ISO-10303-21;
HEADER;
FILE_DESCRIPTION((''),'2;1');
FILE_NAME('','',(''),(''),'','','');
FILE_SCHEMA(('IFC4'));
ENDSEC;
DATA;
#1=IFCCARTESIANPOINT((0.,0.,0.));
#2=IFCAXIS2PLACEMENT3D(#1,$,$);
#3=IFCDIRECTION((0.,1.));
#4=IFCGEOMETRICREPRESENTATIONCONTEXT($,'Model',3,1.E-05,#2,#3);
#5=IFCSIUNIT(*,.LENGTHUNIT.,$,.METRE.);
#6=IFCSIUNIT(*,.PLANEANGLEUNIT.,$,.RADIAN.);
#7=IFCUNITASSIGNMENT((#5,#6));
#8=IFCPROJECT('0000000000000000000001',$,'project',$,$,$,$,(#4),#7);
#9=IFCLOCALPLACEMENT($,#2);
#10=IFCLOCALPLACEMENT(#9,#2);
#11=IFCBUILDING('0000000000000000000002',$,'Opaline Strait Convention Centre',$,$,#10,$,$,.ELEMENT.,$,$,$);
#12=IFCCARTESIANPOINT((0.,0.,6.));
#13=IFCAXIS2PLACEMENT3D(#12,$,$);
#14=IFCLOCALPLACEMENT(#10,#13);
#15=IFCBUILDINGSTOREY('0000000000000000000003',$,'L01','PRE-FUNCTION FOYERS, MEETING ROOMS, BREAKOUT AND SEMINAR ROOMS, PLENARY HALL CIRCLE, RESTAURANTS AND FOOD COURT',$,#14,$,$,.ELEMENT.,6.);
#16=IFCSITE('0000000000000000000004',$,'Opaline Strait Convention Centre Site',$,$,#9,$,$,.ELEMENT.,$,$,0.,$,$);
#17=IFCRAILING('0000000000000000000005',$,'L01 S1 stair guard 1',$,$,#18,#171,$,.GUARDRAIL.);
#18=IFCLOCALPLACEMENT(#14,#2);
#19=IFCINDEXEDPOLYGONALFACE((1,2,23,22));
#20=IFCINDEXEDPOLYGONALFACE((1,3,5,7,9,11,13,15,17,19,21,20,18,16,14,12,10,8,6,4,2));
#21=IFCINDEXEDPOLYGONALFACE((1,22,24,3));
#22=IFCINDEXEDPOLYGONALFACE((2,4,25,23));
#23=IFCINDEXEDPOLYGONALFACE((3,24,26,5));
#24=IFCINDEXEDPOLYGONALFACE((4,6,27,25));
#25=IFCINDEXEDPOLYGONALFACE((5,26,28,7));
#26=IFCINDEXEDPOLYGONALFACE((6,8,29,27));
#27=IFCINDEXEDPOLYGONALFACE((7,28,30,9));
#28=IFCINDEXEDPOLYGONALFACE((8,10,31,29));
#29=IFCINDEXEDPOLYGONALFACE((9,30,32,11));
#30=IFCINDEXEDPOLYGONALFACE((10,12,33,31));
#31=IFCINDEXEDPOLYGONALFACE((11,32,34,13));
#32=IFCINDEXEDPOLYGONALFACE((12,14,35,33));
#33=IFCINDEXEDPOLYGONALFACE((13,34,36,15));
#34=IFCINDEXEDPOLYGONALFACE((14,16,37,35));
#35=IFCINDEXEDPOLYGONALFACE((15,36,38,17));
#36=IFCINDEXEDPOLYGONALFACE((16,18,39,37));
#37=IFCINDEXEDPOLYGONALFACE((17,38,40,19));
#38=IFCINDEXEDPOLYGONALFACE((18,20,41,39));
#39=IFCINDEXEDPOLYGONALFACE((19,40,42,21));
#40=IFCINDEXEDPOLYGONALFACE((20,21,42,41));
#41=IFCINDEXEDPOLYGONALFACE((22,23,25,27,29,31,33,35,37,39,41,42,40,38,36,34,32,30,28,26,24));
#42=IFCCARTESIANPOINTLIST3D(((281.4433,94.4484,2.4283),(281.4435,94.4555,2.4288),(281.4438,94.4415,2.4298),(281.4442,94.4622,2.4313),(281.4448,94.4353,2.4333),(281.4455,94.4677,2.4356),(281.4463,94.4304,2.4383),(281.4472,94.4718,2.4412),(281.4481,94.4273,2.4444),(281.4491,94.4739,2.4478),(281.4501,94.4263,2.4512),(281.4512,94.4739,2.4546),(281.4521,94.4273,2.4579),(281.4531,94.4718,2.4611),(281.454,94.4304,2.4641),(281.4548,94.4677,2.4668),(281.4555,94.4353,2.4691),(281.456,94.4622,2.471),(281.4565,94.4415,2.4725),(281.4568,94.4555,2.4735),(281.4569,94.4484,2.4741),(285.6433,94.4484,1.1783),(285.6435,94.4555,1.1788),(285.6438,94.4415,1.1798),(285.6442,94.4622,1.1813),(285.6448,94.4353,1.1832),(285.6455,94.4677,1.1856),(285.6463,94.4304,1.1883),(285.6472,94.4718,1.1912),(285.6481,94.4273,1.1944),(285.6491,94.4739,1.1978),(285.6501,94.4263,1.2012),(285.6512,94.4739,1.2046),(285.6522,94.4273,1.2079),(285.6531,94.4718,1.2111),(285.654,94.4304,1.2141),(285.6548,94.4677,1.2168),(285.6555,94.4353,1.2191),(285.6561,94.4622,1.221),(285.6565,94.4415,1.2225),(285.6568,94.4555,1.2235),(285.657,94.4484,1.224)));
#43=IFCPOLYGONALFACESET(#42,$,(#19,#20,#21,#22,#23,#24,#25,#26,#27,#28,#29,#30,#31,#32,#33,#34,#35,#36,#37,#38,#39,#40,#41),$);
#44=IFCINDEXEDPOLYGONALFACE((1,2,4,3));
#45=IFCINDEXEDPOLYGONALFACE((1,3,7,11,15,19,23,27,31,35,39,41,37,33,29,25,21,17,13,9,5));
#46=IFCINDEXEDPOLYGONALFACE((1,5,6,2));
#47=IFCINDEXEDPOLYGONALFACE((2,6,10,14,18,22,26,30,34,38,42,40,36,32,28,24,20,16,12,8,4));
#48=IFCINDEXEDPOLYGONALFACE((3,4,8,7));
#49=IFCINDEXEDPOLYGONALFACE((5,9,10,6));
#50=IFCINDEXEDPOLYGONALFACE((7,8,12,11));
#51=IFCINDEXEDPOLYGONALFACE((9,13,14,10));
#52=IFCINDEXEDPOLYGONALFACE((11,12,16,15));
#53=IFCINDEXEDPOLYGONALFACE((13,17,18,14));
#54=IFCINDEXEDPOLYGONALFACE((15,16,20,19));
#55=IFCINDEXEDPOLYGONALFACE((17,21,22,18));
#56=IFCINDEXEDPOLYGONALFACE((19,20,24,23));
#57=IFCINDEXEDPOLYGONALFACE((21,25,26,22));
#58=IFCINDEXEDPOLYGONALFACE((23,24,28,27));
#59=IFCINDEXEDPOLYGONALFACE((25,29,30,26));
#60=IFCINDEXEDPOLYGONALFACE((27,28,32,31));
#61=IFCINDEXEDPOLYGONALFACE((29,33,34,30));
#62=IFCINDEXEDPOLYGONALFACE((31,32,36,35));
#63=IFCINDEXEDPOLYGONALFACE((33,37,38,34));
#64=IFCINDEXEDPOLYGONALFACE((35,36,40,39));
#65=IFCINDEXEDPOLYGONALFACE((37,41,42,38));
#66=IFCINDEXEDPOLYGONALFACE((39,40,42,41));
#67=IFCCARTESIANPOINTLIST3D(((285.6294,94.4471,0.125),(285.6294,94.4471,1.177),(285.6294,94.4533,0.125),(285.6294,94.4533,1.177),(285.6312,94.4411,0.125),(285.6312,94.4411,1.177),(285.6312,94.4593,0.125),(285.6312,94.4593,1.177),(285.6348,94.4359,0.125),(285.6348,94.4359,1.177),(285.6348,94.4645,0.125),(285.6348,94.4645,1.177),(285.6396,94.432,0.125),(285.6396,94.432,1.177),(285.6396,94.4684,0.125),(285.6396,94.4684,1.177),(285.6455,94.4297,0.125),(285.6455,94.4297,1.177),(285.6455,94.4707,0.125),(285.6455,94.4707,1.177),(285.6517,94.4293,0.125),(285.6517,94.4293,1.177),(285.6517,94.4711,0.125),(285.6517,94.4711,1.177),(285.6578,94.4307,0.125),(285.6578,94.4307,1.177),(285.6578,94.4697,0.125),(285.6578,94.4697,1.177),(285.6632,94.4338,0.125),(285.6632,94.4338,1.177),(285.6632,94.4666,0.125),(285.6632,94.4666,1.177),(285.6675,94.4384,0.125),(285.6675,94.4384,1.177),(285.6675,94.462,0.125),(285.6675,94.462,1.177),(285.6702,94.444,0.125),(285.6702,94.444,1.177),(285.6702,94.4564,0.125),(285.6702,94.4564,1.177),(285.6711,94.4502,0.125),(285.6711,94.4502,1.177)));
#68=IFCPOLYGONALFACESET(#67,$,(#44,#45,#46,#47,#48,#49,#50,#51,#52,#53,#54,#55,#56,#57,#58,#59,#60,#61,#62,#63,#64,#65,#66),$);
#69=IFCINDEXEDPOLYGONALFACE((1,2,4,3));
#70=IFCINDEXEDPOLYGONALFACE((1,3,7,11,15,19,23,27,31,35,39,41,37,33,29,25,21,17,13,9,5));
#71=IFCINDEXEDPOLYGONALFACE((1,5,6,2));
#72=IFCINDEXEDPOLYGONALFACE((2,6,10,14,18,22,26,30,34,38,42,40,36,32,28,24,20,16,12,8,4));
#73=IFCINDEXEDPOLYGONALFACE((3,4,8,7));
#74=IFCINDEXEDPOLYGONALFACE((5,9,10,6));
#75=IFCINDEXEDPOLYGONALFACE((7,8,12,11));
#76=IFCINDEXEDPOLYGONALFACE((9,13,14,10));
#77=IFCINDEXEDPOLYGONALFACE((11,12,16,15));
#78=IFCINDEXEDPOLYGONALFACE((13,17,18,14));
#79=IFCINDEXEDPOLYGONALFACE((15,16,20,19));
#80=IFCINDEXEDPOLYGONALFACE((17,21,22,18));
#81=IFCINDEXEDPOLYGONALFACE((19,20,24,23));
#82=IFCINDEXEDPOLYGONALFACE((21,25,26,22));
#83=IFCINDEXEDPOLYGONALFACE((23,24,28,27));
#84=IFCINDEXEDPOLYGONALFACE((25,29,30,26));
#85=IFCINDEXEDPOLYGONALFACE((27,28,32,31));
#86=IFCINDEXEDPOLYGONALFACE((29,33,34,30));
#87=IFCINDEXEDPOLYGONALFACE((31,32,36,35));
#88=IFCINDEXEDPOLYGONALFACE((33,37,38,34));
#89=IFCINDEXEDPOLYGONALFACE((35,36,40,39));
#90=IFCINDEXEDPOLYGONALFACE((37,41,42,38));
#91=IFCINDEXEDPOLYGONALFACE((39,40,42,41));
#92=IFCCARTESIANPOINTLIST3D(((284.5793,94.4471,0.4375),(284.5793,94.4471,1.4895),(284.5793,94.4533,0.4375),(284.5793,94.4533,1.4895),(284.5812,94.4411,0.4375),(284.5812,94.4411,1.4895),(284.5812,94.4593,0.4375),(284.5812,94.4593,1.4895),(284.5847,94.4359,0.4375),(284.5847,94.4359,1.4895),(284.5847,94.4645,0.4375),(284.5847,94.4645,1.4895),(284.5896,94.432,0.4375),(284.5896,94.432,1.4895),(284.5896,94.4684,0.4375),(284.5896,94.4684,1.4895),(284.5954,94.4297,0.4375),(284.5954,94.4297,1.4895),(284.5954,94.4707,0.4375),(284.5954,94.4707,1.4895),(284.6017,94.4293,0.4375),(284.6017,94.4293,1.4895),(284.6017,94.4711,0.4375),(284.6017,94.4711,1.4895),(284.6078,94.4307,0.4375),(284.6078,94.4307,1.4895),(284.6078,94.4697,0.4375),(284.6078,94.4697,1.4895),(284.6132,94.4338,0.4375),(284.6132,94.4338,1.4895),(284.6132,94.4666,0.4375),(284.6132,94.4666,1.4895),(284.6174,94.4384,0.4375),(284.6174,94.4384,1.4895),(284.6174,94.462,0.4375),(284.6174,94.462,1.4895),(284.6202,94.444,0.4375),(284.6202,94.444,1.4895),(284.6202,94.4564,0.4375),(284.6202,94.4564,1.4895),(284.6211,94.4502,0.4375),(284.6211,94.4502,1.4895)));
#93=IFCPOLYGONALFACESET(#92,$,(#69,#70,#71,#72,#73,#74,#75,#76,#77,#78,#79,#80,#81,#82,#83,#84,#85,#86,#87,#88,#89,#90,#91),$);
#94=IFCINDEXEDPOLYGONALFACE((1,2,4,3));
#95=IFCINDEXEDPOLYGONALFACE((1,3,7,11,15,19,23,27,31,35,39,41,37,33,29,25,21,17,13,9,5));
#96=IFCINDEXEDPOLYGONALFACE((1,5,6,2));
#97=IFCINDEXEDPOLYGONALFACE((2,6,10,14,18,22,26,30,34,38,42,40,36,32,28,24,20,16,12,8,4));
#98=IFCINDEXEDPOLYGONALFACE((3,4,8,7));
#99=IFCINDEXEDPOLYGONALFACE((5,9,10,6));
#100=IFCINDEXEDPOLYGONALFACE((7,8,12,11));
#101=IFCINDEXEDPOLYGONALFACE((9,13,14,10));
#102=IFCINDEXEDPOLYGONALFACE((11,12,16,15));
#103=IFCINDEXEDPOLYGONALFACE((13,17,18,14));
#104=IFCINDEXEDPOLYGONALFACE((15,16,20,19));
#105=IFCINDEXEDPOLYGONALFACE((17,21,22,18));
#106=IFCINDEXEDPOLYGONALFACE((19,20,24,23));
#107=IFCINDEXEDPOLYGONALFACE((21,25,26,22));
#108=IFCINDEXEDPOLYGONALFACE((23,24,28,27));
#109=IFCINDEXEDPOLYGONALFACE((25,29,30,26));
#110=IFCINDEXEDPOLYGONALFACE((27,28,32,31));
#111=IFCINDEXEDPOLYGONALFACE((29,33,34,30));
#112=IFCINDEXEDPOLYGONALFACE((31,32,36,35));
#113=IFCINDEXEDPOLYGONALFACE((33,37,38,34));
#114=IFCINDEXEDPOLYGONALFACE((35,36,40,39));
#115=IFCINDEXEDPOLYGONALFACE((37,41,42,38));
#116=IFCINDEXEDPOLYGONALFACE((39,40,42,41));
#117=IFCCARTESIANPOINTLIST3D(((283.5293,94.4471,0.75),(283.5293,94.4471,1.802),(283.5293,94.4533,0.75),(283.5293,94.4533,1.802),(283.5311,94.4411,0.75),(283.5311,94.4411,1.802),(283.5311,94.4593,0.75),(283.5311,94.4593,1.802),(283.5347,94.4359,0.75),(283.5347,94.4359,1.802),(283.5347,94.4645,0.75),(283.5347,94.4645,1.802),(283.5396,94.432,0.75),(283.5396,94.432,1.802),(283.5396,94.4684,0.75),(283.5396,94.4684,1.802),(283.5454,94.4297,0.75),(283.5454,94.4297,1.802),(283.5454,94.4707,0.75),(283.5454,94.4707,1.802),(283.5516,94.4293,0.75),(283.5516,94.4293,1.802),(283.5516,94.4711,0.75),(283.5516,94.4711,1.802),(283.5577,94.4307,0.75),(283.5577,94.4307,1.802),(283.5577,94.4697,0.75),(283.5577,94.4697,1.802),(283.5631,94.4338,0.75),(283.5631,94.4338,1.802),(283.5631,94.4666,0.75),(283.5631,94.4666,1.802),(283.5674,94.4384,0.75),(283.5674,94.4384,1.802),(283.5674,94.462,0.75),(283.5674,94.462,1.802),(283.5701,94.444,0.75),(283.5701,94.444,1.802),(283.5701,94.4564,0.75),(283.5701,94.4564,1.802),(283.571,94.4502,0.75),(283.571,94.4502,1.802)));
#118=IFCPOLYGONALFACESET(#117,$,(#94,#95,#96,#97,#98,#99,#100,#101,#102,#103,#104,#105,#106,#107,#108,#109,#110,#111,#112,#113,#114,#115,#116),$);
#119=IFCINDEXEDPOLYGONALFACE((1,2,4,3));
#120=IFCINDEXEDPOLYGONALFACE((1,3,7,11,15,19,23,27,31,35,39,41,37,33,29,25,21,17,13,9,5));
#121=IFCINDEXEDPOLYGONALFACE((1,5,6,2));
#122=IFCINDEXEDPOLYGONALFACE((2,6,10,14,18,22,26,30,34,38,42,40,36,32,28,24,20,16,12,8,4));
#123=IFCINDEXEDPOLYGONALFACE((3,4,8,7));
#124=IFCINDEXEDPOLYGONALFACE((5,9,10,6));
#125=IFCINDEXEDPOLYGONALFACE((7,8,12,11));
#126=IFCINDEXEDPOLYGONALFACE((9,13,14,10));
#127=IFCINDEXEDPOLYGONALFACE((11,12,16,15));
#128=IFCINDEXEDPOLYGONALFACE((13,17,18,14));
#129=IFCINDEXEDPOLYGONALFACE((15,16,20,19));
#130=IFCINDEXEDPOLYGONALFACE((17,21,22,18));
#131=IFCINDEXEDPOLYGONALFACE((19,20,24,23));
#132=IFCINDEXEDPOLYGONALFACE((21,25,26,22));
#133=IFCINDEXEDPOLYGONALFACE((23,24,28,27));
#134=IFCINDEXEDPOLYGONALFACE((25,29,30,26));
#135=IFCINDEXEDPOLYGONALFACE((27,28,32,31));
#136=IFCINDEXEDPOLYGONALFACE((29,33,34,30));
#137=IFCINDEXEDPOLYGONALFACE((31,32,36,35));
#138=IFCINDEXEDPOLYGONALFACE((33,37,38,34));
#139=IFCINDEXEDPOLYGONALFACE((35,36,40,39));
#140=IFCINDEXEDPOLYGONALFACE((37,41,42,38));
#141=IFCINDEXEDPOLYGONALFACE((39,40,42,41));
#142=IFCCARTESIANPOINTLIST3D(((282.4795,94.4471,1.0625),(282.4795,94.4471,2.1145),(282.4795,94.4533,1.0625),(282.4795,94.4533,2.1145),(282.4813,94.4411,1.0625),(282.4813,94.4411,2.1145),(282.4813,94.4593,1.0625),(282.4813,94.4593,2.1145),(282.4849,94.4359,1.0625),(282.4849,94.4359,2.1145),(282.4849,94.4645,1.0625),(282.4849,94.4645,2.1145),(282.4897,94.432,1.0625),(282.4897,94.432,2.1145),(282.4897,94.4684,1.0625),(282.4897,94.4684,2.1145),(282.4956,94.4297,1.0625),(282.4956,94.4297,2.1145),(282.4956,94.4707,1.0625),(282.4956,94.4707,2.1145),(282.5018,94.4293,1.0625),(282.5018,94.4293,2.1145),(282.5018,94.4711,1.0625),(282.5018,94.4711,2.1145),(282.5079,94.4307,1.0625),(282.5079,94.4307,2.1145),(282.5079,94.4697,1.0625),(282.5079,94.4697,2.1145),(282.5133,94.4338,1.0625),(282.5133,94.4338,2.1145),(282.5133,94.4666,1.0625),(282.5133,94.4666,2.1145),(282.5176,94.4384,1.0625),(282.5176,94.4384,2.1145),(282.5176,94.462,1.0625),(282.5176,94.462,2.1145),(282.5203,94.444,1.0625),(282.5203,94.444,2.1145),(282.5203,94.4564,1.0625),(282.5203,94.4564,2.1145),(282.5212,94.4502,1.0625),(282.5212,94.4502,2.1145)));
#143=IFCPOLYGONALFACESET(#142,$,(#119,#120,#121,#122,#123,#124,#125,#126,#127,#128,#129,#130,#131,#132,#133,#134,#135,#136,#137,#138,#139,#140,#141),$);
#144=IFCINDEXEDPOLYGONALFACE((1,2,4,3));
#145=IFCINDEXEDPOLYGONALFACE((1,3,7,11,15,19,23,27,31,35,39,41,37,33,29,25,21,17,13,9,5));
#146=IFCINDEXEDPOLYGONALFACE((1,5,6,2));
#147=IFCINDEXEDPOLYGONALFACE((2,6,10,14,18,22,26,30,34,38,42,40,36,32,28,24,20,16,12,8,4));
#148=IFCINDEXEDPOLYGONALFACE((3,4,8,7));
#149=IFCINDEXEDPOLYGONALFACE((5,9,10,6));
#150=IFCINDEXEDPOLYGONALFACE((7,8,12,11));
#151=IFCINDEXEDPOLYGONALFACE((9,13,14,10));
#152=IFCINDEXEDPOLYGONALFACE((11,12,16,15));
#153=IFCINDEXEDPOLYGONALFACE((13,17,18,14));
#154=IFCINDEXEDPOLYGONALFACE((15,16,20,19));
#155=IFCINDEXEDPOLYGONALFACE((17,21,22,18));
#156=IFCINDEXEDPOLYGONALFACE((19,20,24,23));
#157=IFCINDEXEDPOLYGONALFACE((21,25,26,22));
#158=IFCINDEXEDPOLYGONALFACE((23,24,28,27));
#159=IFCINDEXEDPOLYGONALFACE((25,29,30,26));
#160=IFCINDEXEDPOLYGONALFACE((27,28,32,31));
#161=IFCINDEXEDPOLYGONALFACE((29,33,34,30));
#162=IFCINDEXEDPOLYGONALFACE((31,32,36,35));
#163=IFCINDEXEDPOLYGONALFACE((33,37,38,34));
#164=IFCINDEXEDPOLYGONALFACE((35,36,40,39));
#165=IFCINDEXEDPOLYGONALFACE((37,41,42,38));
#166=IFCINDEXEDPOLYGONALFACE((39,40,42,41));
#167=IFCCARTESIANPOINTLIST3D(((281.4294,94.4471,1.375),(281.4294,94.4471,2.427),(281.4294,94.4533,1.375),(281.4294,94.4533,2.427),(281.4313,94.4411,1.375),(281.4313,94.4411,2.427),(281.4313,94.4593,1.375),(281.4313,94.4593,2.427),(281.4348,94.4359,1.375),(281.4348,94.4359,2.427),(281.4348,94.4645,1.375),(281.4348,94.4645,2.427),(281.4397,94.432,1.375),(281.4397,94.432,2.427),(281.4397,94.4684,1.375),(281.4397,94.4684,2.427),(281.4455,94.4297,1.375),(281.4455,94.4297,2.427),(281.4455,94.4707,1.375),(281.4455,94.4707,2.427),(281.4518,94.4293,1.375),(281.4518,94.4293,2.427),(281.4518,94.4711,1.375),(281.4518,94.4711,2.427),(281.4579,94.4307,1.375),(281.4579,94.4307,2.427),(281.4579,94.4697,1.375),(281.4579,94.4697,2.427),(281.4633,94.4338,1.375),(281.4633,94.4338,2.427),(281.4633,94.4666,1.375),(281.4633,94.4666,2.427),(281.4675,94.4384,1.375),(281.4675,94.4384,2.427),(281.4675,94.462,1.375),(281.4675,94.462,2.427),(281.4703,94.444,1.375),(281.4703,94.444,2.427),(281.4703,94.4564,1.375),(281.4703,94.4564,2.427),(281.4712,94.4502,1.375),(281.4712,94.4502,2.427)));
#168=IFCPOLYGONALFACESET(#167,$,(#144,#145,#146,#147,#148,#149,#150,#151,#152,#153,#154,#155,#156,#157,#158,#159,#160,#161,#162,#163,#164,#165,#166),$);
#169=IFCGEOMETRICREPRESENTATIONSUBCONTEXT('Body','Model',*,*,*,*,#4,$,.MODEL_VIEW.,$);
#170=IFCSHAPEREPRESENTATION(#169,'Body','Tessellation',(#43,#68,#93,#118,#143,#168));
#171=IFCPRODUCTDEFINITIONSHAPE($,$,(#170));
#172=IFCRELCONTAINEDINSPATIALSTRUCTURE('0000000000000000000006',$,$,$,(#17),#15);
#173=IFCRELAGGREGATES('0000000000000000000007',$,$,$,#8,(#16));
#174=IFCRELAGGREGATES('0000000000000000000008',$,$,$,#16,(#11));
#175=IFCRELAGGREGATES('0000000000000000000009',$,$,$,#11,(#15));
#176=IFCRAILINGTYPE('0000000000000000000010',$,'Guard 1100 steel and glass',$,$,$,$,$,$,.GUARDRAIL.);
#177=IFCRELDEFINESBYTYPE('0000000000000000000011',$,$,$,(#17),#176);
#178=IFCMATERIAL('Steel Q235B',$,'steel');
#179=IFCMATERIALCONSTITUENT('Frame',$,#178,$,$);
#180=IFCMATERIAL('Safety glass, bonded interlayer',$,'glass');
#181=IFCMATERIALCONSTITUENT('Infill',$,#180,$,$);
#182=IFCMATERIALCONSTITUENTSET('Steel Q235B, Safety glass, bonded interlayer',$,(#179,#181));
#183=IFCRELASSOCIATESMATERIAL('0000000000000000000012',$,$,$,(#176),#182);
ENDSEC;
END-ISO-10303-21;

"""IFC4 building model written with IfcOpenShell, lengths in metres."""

from ifc_helpers import new_model, si_unit, direction, frame, origin, origin_2d, place, context, subcontext, project, spatial, circle, extrude, material, constituent, constituent_set, type_object, element, save


model = new_model("IFC4")

# Units and contexts
model_context = context("Model", 3, precision=1e-05, world=origin(), true_north=direction((0.0, 1.0)))
body_context = subcontext(model_context, "Body", "Model", "MODEL_VIEW")
ifc_project = project(units=[si_unit("LENGTHUNIT", "METRE"), si_unit("PLANEANGLEUNIT", "RADIAN")], contexts=[model_context])

# Site, building, storey
site_placement = place(None, origin())
site = spatial("IfcSite", under=ifc_project, at=site_placement, Name="Opaline Strait Convention Centre Site", CompositionType="ELEMENT", RefElevation=0.0)
building_placement = place(site_placement, origin())
building = spatial("IfcBuilding", under=site, at=building_placement, Name="Opaline Strait Convention Centre", CompositionType="ELEMENT")
storey_placement = place(building_placement, frame((0.0, 0.0, 6.0)))
storey = spatial("IfcBuildingStorey", under=building, at=storey_placement, Name="L01", Description="PRE-FUNCTION FOYERS, MEETING ROOMS, BREAKOUT AND SEMINAR ROOMS, PLENARY HALL CIRCLE, RESTAURANTS AND FOOD COURT", CompositionType="ELEMENT", Elevation=6.0)

# Shared definitions
ifc_material_1 = material(Name="Steel Q235B", Category="steel")

# Railing
ifc_constituent_1 = constituent(ifc_material_1, Name="Frame")
ifc_material_2 = material(Name="Safety glass, bonded interlayer", Category="glass")
ifc_constituent_2 = constituent(ifc_material_2, Name="Infill")
ifc_constituent_set = constituent_set(constituents=[ifc_constituent_1, ifc_constituent_2], Name="Steel Q235B, Safety glass, bonded interlayer")
railing_type_1 = type_object("IfcRailingType", Name="Guard 1100 steel and glass", PredefinedType="GUARDRAIL", material=ifc_constituent_set)
railing_1_placement = place(storey_placement, frame((285.6501, 94.4502, 0.125)))
element("IfcRailing", 1, at=railing_1_placement, inside=storey, type_object=railing_type_1, Name="L01 S1 stair guard 1", PredefinedType="GUARDRAIL", context=body_context, shape_type="SweptSolid", body=[
    extrude(circle(Radius=0.0239, at=origin_2d()), frame((0.0, 0.0, 1.0762), z_axis=(-0.958451, 0.0, 0.285257), x_axis=(0.0, -1.0, 0.0)), (0.0, 0.0, 1.0), 4.3821),
    extrude(circle(Radius=0.021, at=origin_2d()), origin(), (0.0, 0.0, 1.0), 1.052),
    extrude(circle(Radius=0.021, at=origin_2d()), frame((-1.05, 0.0, 0.3125)), (0.0, 0.0, 1.0), 1.052),
    extrude(circle(Radius=0.021, at=origin_2d()), frame((-2.1001, 0.0, 0.625)), (0.0, 0.0, 1.0), 1.052),
    extrude(circle(Radius=0.021, at=origin_2d()), frame((-3.1499, 0.0, 0.9375)), (0.0, 0.0, 1.0), 1.052),
    extrude(circle(Radius=0.021, at=origin_2d()), frame((-4.2, 0.0, 1.25)), (0.0, 0.0, 1.0), 1.052),
])

save(model, "model.ifc")
